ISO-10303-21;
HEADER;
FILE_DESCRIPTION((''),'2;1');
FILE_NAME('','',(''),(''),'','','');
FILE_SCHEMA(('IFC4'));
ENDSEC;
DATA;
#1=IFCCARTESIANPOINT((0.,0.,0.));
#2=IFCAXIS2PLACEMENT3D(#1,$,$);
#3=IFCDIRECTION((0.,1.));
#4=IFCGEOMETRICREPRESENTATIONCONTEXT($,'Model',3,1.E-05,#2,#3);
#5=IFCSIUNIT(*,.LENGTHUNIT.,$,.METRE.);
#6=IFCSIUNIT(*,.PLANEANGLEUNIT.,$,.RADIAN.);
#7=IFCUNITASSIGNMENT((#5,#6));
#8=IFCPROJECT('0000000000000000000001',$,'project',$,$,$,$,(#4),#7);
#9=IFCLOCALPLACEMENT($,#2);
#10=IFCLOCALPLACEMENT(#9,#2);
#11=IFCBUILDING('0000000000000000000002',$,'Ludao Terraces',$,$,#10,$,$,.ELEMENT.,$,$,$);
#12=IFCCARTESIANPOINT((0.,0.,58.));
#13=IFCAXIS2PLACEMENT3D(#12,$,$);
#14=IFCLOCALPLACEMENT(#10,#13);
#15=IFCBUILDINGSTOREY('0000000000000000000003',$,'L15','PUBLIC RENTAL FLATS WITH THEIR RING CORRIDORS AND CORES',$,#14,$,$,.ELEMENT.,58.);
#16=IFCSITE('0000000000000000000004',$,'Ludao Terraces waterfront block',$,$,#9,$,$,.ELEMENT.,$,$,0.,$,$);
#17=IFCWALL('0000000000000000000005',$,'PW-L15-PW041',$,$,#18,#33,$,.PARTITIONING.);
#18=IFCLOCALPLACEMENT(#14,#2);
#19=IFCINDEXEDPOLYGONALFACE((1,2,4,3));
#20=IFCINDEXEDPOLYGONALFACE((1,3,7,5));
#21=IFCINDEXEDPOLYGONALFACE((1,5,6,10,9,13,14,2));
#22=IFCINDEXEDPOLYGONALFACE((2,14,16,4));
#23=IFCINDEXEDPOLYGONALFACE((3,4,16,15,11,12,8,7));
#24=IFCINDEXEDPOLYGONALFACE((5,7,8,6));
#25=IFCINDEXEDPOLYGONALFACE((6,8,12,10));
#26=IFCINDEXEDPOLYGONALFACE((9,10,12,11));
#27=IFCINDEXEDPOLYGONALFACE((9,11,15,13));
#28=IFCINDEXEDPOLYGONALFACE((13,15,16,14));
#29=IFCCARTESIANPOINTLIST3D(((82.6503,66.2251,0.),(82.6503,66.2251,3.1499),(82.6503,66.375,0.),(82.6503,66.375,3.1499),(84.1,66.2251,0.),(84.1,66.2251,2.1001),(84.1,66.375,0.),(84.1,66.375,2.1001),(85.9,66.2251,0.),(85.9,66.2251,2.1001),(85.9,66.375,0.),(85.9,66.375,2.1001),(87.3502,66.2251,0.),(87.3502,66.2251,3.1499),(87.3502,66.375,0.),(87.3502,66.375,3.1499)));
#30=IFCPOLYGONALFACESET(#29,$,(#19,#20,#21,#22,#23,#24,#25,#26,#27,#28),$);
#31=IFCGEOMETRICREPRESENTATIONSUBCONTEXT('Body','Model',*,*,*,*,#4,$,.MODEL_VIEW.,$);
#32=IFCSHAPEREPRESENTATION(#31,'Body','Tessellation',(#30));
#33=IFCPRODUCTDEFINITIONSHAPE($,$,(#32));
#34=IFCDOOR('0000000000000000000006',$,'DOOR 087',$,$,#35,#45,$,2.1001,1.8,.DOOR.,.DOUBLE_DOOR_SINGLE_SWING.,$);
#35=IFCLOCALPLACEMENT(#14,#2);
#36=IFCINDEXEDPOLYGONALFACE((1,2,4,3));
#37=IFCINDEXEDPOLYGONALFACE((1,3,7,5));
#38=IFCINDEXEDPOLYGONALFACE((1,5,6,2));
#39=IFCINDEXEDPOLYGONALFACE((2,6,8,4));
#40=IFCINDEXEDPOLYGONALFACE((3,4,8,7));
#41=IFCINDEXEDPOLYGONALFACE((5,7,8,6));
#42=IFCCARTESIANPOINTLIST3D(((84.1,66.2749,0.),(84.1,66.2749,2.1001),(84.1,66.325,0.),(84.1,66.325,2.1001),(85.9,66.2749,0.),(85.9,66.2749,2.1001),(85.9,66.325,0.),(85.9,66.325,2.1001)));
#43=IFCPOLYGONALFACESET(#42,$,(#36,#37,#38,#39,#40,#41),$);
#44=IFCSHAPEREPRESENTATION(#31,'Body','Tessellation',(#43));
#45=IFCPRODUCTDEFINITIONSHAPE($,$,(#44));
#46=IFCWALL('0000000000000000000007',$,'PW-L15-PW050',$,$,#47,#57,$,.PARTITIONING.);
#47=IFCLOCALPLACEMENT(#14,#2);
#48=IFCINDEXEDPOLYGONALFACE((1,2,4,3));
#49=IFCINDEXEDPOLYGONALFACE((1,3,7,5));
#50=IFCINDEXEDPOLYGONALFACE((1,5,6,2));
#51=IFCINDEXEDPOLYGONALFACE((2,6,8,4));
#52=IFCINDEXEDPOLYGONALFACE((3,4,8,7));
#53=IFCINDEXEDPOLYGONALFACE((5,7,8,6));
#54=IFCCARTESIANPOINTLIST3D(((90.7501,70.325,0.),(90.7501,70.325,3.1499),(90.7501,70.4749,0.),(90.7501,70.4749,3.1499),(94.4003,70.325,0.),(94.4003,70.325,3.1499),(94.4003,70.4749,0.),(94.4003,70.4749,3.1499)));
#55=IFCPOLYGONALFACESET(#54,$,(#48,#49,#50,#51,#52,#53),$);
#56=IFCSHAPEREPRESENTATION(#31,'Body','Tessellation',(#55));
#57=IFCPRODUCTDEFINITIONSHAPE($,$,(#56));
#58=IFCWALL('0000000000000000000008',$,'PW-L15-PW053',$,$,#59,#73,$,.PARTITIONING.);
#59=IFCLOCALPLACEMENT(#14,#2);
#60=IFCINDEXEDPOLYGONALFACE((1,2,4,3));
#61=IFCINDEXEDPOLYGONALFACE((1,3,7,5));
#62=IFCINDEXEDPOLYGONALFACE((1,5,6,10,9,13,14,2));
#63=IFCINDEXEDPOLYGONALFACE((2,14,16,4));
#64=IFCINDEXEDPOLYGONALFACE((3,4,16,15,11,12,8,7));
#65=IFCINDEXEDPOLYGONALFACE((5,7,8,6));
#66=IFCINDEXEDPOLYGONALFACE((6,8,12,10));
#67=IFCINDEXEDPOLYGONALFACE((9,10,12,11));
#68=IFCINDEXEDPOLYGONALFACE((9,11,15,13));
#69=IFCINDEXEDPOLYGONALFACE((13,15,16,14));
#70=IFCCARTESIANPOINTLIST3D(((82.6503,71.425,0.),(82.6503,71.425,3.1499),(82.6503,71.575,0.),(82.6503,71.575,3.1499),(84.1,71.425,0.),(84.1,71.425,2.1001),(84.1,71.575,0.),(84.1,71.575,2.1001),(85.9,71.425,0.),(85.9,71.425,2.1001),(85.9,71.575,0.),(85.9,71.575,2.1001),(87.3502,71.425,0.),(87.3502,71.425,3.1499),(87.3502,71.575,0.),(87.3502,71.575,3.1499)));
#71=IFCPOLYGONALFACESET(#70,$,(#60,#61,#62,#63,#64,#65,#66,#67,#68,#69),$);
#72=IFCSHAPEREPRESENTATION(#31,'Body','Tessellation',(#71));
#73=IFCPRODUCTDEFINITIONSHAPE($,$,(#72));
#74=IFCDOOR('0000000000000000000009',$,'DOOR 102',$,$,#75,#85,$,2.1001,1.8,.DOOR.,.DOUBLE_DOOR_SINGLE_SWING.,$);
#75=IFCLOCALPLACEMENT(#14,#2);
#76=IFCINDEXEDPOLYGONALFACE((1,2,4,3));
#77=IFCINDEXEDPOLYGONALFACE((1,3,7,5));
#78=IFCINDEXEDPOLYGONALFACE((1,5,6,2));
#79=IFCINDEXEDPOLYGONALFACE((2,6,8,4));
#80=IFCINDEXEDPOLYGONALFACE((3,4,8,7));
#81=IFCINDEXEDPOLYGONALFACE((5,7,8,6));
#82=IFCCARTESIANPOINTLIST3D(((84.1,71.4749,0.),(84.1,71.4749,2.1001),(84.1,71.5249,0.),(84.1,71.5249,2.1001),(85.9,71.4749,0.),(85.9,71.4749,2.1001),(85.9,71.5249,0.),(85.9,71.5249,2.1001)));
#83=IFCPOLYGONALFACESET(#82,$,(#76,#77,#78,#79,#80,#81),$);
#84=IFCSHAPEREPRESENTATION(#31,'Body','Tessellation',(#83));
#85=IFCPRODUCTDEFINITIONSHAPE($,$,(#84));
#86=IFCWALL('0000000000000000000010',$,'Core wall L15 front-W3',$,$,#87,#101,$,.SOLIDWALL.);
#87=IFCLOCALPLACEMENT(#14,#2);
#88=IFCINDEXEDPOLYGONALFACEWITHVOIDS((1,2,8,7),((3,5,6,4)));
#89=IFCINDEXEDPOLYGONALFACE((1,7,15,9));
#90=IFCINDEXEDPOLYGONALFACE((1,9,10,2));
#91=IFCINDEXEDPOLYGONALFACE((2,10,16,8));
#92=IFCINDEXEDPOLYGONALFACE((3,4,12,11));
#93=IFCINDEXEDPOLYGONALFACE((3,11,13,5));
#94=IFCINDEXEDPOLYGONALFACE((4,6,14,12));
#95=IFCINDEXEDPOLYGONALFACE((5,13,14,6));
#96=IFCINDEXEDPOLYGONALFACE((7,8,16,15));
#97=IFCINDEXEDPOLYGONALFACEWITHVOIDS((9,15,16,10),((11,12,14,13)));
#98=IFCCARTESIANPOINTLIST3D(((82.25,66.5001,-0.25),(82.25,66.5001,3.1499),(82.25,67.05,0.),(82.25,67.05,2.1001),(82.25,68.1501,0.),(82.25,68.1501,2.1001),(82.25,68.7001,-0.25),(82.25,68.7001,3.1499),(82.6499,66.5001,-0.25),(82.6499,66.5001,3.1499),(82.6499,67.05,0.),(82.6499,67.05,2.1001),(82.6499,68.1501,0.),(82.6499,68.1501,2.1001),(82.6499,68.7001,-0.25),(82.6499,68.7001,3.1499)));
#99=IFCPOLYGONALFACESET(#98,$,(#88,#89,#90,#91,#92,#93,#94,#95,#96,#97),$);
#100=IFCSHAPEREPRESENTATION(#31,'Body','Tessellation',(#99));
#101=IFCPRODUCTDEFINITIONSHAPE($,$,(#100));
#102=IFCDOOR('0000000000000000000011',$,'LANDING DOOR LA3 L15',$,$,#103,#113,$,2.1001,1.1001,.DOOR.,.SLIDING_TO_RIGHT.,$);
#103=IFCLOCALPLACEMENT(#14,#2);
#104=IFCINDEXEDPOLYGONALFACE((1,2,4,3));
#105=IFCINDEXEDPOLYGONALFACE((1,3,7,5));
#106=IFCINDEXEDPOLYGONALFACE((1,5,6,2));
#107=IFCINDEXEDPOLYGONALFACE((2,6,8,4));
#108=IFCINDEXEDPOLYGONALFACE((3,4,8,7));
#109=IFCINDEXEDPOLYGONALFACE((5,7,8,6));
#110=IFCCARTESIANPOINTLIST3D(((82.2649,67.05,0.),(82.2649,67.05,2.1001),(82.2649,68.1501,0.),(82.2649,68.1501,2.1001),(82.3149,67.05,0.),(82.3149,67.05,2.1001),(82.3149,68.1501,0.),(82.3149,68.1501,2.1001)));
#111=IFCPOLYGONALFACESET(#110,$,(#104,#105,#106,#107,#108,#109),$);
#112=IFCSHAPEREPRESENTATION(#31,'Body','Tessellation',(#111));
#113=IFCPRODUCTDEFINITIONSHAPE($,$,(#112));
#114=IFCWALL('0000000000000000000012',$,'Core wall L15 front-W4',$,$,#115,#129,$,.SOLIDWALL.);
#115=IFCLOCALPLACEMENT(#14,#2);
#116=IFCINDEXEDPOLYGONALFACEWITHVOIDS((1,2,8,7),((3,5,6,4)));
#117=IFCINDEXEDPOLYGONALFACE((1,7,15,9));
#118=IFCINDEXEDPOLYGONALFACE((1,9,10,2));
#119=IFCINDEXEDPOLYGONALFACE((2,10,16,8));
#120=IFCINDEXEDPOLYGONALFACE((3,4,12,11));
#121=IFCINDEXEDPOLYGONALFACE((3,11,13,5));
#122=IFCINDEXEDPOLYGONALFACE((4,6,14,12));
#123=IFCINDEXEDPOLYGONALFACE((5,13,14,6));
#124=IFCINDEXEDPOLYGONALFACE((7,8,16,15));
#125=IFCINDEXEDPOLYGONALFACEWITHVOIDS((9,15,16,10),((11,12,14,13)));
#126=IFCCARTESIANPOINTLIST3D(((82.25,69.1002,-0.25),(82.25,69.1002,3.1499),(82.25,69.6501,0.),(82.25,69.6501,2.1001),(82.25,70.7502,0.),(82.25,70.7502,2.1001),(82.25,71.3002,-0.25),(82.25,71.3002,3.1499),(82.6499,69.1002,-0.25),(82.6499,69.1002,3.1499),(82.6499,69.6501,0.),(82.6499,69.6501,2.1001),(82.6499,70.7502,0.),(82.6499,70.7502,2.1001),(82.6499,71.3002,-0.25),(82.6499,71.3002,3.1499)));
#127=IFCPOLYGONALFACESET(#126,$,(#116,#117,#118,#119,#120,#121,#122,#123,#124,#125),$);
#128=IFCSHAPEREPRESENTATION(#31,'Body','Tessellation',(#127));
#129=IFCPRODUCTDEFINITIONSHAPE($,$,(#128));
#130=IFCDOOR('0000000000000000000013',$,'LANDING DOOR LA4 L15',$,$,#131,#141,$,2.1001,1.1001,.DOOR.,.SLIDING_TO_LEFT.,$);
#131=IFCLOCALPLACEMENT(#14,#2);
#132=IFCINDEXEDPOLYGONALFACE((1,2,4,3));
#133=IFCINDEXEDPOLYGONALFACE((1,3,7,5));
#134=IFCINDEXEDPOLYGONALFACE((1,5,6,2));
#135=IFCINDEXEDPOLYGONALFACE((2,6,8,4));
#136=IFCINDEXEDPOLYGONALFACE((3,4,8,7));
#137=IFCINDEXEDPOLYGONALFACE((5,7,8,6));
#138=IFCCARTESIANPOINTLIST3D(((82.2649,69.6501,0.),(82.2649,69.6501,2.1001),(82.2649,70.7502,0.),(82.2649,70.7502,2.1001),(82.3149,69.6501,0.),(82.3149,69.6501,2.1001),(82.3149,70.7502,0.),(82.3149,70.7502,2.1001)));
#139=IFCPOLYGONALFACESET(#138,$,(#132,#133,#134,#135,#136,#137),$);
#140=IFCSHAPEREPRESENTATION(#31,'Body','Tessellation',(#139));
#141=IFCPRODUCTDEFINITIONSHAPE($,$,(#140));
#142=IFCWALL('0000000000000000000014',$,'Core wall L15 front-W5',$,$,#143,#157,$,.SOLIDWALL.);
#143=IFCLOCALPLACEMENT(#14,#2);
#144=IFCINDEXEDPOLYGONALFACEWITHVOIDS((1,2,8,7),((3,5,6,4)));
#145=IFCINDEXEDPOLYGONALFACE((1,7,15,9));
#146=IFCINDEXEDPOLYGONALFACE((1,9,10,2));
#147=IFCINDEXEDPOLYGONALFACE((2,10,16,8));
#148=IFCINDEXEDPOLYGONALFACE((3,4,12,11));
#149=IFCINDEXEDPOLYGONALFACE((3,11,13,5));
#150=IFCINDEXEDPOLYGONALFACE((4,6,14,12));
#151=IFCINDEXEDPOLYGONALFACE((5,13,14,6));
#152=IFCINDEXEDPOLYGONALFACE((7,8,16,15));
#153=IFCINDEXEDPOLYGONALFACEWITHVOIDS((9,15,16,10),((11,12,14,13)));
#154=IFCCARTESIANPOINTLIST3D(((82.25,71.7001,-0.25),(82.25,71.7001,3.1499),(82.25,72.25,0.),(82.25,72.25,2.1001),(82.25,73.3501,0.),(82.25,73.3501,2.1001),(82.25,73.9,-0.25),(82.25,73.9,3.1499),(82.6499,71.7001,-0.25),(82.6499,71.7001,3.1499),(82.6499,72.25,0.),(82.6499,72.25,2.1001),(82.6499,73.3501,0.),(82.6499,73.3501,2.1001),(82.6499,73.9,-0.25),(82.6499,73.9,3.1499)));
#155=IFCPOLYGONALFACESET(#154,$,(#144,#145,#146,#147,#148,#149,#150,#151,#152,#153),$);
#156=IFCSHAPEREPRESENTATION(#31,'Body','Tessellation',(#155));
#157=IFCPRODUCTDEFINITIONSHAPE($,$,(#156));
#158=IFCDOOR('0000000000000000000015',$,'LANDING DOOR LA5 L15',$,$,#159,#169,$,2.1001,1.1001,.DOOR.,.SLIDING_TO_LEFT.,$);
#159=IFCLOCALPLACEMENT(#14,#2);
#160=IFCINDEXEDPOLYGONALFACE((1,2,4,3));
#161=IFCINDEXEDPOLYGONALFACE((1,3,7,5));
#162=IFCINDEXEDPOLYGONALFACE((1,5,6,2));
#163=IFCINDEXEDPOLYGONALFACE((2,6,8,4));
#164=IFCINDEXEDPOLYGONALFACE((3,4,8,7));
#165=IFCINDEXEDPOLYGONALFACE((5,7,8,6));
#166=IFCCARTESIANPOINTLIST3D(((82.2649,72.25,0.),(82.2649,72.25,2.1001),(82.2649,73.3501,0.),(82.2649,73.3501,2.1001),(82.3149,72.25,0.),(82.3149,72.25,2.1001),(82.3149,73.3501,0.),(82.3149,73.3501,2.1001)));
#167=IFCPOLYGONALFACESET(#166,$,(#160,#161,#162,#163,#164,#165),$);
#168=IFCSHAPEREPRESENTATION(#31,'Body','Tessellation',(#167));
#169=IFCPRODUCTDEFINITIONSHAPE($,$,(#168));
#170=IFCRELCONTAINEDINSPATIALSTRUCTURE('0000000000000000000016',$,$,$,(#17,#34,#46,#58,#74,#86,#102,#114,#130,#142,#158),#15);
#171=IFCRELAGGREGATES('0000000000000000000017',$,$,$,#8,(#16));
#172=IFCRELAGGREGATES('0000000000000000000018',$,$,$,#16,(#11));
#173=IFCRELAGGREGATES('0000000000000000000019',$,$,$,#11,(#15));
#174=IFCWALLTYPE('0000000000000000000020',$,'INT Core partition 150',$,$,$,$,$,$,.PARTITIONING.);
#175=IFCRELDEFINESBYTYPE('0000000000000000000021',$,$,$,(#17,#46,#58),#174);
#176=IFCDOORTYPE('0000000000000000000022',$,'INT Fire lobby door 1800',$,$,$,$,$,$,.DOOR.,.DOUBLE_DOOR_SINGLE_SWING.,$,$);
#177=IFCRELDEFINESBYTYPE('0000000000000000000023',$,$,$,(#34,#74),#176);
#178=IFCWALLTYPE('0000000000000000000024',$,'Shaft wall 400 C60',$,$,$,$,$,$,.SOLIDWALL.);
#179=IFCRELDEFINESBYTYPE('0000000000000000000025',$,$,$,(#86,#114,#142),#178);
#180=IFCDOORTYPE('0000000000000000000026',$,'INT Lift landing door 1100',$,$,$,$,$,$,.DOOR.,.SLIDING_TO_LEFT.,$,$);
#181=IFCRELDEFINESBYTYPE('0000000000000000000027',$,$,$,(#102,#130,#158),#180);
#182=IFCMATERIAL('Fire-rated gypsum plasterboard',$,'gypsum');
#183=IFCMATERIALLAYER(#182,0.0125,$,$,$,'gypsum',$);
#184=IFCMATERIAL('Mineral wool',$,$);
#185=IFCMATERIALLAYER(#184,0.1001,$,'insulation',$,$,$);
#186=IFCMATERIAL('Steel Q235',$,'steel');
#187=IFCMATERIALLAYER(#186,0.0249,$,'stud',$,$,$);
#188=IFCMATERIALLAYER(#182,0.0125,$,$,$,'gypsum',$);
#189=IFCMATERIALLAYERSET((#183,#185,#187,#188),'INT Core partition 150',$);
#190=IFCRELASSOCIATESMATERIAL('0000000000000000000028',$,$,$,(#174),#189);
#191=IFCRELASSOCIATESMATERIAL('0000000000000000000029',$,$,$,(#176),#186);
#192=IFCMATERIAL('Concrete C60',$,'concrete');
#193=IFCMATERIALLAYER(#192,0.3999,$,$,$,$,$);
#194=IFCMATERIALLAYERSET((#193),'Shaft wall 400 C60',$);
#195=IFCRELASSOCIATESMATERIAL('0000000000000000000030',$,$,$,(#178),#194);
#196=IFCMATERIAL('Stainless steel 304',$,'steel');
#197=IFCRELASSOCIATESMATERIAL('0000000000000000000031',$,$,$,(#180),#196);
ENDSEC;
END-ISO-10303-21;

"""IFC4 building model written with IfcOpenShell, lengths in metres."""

from ifc_helpers import new_model, si_unit, direction, frame, frame_2d, origin, place, context, subcontext, project, spatial, rectangle, extrude, material, layer, layer_set, type_object, element, fill, save


model = new_model("IFC4")

# Units and contexts
model_context = context("Model", 3, precision=1e-05, world=origin(), true_north=direction((0.0, 1.0)))
body_context = subcontext(model_context, "Body", "Model", "MODEL_VIEW")
ifc_project = project(units=[si_unit("LENGTHUNIT", "METRE"), si_unit("PLANEANGLEUNIT", "RADIAN")], contexts=[model_context])

# Site, building, storey
site_placement = place(None, origin())
site = spatial("IfcSite", under=ifc_project, at=site_placement, Name="Ludao Terraces waterfront block", CompositionType="ELEMENT", RefElevation=0.0)
building_placement = place(site_placement, origin())
building = spatial("IfcBuilding", under=site, at=building_placement, Name="Ludao Terraces", CompositionType="ELEMENT")
storey_placement = place(building_placement, frame((0.0, 0.0, 58.0)))
storey = spatial("IfcBuildingStorey", under=building, at=storey_placement, Name="L15", Description="PUBLIC RENTAL FLATS WITH THEIR RING CORRIDORS AND CORES", CompositionType="ELEMENT", Elevation=58.0)

# Wall, opening, door
ifc_material_1 = material(Name="Fire-rated gypsum plasterboard", Category="gypsum")
ifc_layer_1 = layer(ifc_material_1, 0.0125, Category="gypsum")
ifc_material_2 = material(Name="Mineral wool")
ifc_layer_2 = layer(ifc_material_2, 0.1001, Name="insulation")
ifc_material_3 = material(Name="Steel Q235", Category="steel")
ifc_layer_3 = layer(ifc_material_3, 0.0249, Name="stud")
ifc_layer_4 = layer(ifc_material_1, 0.0125, Category="gypsum")
ifc_layer_set_1 = layer_set([ifc_layer_1, ifc_layer_2, ifc_layer_3, ifc_layer_4], Name="INT Core partition 150")
wall_type_1 = type_object("IfcWallType", Name="INT Core partition 150", PredefinedType="PARTITIONING", material=ifc_layer_set_1)
wall_1_placement = place(storey_placement, frame((82.6501, 66.3, 0.0), z_axis=(0.0, 0.0, 1.0), x_axis=(1.0, 0.0, 0.0)))
wall_1 = element("IfcWall", 1, at=wall_1_placement, inside=storey, type_object=wall_type_1, Name="PW-L15-PW041", PredefinedType="PARTITIONING", context=body_context, shape_type="SweptSolid", body=[
    extrude(rectangle(XDim=4.7, YDim=0.1499, at=frame_2d((2.3501, 0.0))), origin(), (0.0, 0.0, 1.0), 3.1499),
])
opening_1_placement = place(wall_1_placement, frame((1.45, 0.0, 0.0)))
opening_1 = element("IfcOpeningElement", 2, at=opening_1_placement, cuts=wall_1, PredefinedType="OPENING", context=body_context, shape_type="SweptSolid", body=[
    extrude(rectangle(XDim=1.8, YDim=2.1001, at=frame_2d((0.8999, 1.05))), frame((0.0, 0.085, 0.0), z_axis=(0.0, -1.0, 0.0), x_axis=(1.0, 0.0, 0.0)), (0.0, 0.0, 1.0), 0.1699),
])
door_type_1 = type_object("IfcDoorType", Name="INT Fire lobby door 1800", OperationType="DOUBLE_DOOR_SINGLE_SWING", PredefinedType="DOOR", material=ifc_material_3)
door_1_placement = place(opening_1_placement, origin())
door_1 = element("IfcDoor", 3, at=door_1_placement, inside=storey, type_object=door_type_1, Name="DOOR 087", OperationType="DOUBLE_DOOR_SINGLE_SWING", OverallHeight=2.1001, OverallWidth=1.8, PredefinedType="DOOR", context=body_context, shape_type="SweptSolid", body=[
    extrude(rectangle(XDim=1.8, YDim=2.1001, at=frame_2d((0.8999, 1.05))), frame((0.0, 0.0249, 0.0), z_axis=(0.0, -1.0, 0.0), x_axis=(1.0, 0.0, 0.0)), (0.0, 0.0, 1.0), 0.05),
])
fill(opening_1, door_1)

# Wall
wall_2_placement = place(storey_placement, frame((90.75, 70.3999, 0.0), z_axis=(0.0, 0.0, 1.0), x_axis=(1.0, 0.0, 0.0)))
element("IfcWall", 4, at=wall_2_placement, inside=storey, type_object=wall_type_1, Name="PW-L15-PW050", PredefinedType="PARTITIONING", context=body_context, shape_type="SweptSolid", body=[
    extrude(rectangle(XDim=3.6501, YDim=0.1499, at=frame_2d((1.8252, 0.0))), origin(), (0.0, 0.0, 1.0), 3.1499),
])

# Walls, openings, doors
wall_3_placement = place(storey_placement, frame((82.6501, 71.5, 0.0), z_axis=(0.0, 0.0, 1.0), x_axis=(1.0, 0.0, 0.0)))
wall_3 = element("IfcWall", 5, at=wall_3_placement, inside=storey, type_object=wall_type_1, Name="PW-L15-PW053", PredefinedType="PARTITIONING", context=body_context, shape_type="SweptSolid", body=[
    extrude(rectangle(XDim=4.7, YDim=0.1499, at=frame_2d((2.3501, 0.0))), origin(), (0.0, 0.0, 1.0), 3.1499),
])
opening_2_placement = place(wall_3_placement, frame((1.45, 0.0, 0.0)))
opening_2 = element("IfcOpeningElement", 6, at=opening_2_placement, cuts=wall_3, PredefinedType="OPENING", context=body_context, shape_type="SweptSolid", body=[
    extrude(rectangle(XDim=1.8, YDim=2.1001, at=frame_2d((0.8999, 1.05))), frame((0.0, 0.085, 0.0), z_axis=(0.0, -1.0, 0.0), x_axis=(1.0, 0.0, 0.0)), (0.0, 0.0, 1.0), 0.1699),
])
door_2_placement = place(opening_2_placement, origin())
door_2 = element("IfcDoor", 7, at=door_2_placement, inside=storey, type_object=door_type_1, Name="DOOR 102", OperationType="DOUBLE_DOOR_SINGLE_SWING", OverallHeight=2.1001, OverallWidth=1.8, PredefinedType="DOOR", context=body_context, shape_type="SweptSolid", body=[
    extrude(rectangle(XDim=1.8, YDim=2.1001, at=frame_2d((0.8999, 1.05))), frame((0.0, 0.0249, 0.0), z_axis=(0.0, -1.0, 0.0), x_axis=(1.0, 0.0, 0.0)), (0.0, 0.0, 1.0), 0.05),
])
fill(opening_2, door_2)
ifc_material_4 = material(Name="Concrete C60", Category="concrete")
ifc_layer_5 = layer(ifc_material_4, 0.3999)
ifc_layer_set_2 = layer_set([ifc_layer_5], Name="Shaft wall 400 C60")
wall_type_2 = type_object("IfcWallType", Name="Shaft wall 400 C60", PredefinedType="SOLIDWALL", material=ifc_layer_set_2)
wall_4_placement = place(storey_placement, frame((82.45, 66.5, -0.25), z_axis=(0.0, 0.0, 1.0), x_axis=(0.0, 1.0, 0.0)))
wall_4 = element("IfcWall", 8, at=wall_4_placement, inside=storey, type_object=wall_type_2, Name="Core wall L15 front-W3", PredefinedType="SOLIDWALL", context=body_context, shape_type="SweptSolid", body=[
    extrude(rectangle(XDim=2.2, YDim=0.3999, at=frame_2d((1.1001, 0.0))), origin(), (0.0, 0.0, 1.0), 3.3999),
])
opening_3_placement = place(wall_4_placement, frame((0.55, 0.0, 0.25)))
opening_3 = element("IfcOpeningElement", 9, at=opening_3_placement, cuts=wall_4, PredefinedType="OPENING", context=body_context, shape_type="SweptSolid", body=[
    extrude(rectangle(XDim=1.1001, YDim=2.1001, at=frame_2d((0.55, 1.05))), frame((0.0, 0.21, 0.0), z_axis=(0.0, -1.0, 0.0), x_axis=(1.0, 0.0, 0.0)), (0.0, 0.0, 1.0), 0.4199),
])
ifc_material_5 = material(Name="Stainless steel 304", Category="steel")
door_type_2 = type_object("IfcDoorType", Name="INT Lift landing door 1100", OperationType="SLIDING_TO_LEFT", PredefinedType="DOOR", material=ifc_material_5)
door_3_placement = place(opening_3_placement, origin())
door_3 = element("IfcDoor", 10, at=door_3_placement, inside=storey, type_object=door_type_2, Name="LANDING DOOR LA3 L15", OperationType="SLIDING_TO_RIGHT", OverallHeight=2.1001, OverallWidth=1.1001, PredefinedType="DOOR", context=body_context, shape_type="SweptSolid", body=[
    extrude(rectangle(XDim=1.1001, YDim=2.1001, at=frame_2d((0.55, 1.05))), frame((0.0, 0.1851, 0.0), z_axis=(0.0, -1.0, 0.0), x_axis=(1.0, 0.0, 0.0)), (0.0, 0.0, 1.0), 0.05),
])
fill(opening_3, door_3)
wall_5_placement = place(storey_placement, frame((82.45, 69.1001, -0.25), z_axis=(0.0, 0.0, 1.0), x_axis=(0.0, 1.0, 0.0)))
wall_5 = element("IfcWall", 11, at=wall_5_placement, inside=storey, type_object=wall_type_2, Name="Core wall L15 front-W4", PredefinedType="SOLIDWALL", context=body_context, shape_type="SweptSolid", body=[
    extrude(rectangle(XDim=2.2, YDim=0.3999, at=frame_2d((1.1001, 0.0))), origin(), (0.0, 0.0, 1.0), 3.3999),
])
opening_4_placement = place(wall_5_placement, frame((0.55, 0.0, 0.25)))
opening_4 = element("IfcOpeningElement", 12, at=opening_4_placement, cuts=wall_5, PredefinedType="OPENING", context=body_context, shape_type="SweptSolid", body=[
    extrude(rectangle(XDim=1.1001, YDim=2.1001, at=frame_2d((0.55, 1.05))), frame((0.0, 0.21, 0.0), z_axis=(0.0, -1.0, 0.0), x_axis=(1.0, 0.0, 0.0)), (0.0, 0.0, 1.0), 0.4199),
])
door_4_placement = place(opening_4_placement, origin())
door_4 = element("IfcDoor", 13, at=door_4_placement, inside=storey, type_object=door_type_2, Name="LANDING DOOR LA4 L15", OperationType="SLIDING_TO_LEFT", OverallHeight=2.1001, OverallWidth=1.1001, PredefinedType="DOOR", context=body_context, shape_type="SweptSolid", body=[
    extrude(rectangle(XDim=1.1001, YDim=2.1001, at=frame_2d((0.55, 1.05))), frame((0.0, 0.1851, 0.0), z_axis=(0.0, -1.0, 0.0), x_axis=(1.0, 0.0, 0.0)), (0.0, 0.0, 1.0), 0.05),
])
fill(opening_4, door_4)
wall_6_placement = place(storey_placement, frame((82.45, 71.7, -0.25), z_axis=(0.0, 0.0, 1.0), x_axis=(0.0, 1.0, 0.0)))
wall_6 = element("IfcWall", 14, at=wall_6_placement, inside=storey, type_object=wall_type_2, Name="Core wall L15 front-W5", PredefinedType="SOLIDWALL", context=body_context, shape_type="SweptSolid", body=[
    extrude(rectangle(XDim=2.2, YDim=0.3999, at=frame_2d((1.1001, 0.0))), origin(), (0.0, 0.0, 1.0), 3.3999),
])
opening_5_placement = place(wall_6_placement, frame((0.55, 0.0, 0.25)))
opening_5 = element("IfcOpeningElement", 15, at=opening_5_placement, cuts=wall_6, PredefinedType="OPENING", context=body_context, shape_type="SweptSolid", body=[
    extrude(rectangle(XDim=1.1001, YDim=2.1001, at=frame_2d((0.55, 1.05))), frame((0.0, 0.21, 0.0), z_axis=(0.0, -1.0, 0.0), x_axis=(1.0, 0.0, 0.0)), (0.0, 0.0, 1.0), 0.4199),
])
door_5_placement = place(opening_5_placement, origin())
door_5 = element("IfcDoor", 16, at=door_5_placement, inside=storey, type_object=door_type_2, Name="LANDING DOOR LA5 L15", OperationType="SLIDING_TO_LEFT", OverallHeight=2.1001, OverallWidth=1.1001, PredefinedType="DOOR", context=body_context, shape_type="SweptSolid", body=[
    extrude(rectangle(XDim=1.1001, YDim=2.1001, at=frame_2d((0.55, 1.05))), frame((0.0, 0.1851, 0.0), z_axis=(0.0, -1.0, 0.0), x_axis=(1.0, 0.0, 0.0)), (0.0, 0.0, 1.0), 0.05),
])
fill(opening_5, door_5)

save(model, "model.ifc")
